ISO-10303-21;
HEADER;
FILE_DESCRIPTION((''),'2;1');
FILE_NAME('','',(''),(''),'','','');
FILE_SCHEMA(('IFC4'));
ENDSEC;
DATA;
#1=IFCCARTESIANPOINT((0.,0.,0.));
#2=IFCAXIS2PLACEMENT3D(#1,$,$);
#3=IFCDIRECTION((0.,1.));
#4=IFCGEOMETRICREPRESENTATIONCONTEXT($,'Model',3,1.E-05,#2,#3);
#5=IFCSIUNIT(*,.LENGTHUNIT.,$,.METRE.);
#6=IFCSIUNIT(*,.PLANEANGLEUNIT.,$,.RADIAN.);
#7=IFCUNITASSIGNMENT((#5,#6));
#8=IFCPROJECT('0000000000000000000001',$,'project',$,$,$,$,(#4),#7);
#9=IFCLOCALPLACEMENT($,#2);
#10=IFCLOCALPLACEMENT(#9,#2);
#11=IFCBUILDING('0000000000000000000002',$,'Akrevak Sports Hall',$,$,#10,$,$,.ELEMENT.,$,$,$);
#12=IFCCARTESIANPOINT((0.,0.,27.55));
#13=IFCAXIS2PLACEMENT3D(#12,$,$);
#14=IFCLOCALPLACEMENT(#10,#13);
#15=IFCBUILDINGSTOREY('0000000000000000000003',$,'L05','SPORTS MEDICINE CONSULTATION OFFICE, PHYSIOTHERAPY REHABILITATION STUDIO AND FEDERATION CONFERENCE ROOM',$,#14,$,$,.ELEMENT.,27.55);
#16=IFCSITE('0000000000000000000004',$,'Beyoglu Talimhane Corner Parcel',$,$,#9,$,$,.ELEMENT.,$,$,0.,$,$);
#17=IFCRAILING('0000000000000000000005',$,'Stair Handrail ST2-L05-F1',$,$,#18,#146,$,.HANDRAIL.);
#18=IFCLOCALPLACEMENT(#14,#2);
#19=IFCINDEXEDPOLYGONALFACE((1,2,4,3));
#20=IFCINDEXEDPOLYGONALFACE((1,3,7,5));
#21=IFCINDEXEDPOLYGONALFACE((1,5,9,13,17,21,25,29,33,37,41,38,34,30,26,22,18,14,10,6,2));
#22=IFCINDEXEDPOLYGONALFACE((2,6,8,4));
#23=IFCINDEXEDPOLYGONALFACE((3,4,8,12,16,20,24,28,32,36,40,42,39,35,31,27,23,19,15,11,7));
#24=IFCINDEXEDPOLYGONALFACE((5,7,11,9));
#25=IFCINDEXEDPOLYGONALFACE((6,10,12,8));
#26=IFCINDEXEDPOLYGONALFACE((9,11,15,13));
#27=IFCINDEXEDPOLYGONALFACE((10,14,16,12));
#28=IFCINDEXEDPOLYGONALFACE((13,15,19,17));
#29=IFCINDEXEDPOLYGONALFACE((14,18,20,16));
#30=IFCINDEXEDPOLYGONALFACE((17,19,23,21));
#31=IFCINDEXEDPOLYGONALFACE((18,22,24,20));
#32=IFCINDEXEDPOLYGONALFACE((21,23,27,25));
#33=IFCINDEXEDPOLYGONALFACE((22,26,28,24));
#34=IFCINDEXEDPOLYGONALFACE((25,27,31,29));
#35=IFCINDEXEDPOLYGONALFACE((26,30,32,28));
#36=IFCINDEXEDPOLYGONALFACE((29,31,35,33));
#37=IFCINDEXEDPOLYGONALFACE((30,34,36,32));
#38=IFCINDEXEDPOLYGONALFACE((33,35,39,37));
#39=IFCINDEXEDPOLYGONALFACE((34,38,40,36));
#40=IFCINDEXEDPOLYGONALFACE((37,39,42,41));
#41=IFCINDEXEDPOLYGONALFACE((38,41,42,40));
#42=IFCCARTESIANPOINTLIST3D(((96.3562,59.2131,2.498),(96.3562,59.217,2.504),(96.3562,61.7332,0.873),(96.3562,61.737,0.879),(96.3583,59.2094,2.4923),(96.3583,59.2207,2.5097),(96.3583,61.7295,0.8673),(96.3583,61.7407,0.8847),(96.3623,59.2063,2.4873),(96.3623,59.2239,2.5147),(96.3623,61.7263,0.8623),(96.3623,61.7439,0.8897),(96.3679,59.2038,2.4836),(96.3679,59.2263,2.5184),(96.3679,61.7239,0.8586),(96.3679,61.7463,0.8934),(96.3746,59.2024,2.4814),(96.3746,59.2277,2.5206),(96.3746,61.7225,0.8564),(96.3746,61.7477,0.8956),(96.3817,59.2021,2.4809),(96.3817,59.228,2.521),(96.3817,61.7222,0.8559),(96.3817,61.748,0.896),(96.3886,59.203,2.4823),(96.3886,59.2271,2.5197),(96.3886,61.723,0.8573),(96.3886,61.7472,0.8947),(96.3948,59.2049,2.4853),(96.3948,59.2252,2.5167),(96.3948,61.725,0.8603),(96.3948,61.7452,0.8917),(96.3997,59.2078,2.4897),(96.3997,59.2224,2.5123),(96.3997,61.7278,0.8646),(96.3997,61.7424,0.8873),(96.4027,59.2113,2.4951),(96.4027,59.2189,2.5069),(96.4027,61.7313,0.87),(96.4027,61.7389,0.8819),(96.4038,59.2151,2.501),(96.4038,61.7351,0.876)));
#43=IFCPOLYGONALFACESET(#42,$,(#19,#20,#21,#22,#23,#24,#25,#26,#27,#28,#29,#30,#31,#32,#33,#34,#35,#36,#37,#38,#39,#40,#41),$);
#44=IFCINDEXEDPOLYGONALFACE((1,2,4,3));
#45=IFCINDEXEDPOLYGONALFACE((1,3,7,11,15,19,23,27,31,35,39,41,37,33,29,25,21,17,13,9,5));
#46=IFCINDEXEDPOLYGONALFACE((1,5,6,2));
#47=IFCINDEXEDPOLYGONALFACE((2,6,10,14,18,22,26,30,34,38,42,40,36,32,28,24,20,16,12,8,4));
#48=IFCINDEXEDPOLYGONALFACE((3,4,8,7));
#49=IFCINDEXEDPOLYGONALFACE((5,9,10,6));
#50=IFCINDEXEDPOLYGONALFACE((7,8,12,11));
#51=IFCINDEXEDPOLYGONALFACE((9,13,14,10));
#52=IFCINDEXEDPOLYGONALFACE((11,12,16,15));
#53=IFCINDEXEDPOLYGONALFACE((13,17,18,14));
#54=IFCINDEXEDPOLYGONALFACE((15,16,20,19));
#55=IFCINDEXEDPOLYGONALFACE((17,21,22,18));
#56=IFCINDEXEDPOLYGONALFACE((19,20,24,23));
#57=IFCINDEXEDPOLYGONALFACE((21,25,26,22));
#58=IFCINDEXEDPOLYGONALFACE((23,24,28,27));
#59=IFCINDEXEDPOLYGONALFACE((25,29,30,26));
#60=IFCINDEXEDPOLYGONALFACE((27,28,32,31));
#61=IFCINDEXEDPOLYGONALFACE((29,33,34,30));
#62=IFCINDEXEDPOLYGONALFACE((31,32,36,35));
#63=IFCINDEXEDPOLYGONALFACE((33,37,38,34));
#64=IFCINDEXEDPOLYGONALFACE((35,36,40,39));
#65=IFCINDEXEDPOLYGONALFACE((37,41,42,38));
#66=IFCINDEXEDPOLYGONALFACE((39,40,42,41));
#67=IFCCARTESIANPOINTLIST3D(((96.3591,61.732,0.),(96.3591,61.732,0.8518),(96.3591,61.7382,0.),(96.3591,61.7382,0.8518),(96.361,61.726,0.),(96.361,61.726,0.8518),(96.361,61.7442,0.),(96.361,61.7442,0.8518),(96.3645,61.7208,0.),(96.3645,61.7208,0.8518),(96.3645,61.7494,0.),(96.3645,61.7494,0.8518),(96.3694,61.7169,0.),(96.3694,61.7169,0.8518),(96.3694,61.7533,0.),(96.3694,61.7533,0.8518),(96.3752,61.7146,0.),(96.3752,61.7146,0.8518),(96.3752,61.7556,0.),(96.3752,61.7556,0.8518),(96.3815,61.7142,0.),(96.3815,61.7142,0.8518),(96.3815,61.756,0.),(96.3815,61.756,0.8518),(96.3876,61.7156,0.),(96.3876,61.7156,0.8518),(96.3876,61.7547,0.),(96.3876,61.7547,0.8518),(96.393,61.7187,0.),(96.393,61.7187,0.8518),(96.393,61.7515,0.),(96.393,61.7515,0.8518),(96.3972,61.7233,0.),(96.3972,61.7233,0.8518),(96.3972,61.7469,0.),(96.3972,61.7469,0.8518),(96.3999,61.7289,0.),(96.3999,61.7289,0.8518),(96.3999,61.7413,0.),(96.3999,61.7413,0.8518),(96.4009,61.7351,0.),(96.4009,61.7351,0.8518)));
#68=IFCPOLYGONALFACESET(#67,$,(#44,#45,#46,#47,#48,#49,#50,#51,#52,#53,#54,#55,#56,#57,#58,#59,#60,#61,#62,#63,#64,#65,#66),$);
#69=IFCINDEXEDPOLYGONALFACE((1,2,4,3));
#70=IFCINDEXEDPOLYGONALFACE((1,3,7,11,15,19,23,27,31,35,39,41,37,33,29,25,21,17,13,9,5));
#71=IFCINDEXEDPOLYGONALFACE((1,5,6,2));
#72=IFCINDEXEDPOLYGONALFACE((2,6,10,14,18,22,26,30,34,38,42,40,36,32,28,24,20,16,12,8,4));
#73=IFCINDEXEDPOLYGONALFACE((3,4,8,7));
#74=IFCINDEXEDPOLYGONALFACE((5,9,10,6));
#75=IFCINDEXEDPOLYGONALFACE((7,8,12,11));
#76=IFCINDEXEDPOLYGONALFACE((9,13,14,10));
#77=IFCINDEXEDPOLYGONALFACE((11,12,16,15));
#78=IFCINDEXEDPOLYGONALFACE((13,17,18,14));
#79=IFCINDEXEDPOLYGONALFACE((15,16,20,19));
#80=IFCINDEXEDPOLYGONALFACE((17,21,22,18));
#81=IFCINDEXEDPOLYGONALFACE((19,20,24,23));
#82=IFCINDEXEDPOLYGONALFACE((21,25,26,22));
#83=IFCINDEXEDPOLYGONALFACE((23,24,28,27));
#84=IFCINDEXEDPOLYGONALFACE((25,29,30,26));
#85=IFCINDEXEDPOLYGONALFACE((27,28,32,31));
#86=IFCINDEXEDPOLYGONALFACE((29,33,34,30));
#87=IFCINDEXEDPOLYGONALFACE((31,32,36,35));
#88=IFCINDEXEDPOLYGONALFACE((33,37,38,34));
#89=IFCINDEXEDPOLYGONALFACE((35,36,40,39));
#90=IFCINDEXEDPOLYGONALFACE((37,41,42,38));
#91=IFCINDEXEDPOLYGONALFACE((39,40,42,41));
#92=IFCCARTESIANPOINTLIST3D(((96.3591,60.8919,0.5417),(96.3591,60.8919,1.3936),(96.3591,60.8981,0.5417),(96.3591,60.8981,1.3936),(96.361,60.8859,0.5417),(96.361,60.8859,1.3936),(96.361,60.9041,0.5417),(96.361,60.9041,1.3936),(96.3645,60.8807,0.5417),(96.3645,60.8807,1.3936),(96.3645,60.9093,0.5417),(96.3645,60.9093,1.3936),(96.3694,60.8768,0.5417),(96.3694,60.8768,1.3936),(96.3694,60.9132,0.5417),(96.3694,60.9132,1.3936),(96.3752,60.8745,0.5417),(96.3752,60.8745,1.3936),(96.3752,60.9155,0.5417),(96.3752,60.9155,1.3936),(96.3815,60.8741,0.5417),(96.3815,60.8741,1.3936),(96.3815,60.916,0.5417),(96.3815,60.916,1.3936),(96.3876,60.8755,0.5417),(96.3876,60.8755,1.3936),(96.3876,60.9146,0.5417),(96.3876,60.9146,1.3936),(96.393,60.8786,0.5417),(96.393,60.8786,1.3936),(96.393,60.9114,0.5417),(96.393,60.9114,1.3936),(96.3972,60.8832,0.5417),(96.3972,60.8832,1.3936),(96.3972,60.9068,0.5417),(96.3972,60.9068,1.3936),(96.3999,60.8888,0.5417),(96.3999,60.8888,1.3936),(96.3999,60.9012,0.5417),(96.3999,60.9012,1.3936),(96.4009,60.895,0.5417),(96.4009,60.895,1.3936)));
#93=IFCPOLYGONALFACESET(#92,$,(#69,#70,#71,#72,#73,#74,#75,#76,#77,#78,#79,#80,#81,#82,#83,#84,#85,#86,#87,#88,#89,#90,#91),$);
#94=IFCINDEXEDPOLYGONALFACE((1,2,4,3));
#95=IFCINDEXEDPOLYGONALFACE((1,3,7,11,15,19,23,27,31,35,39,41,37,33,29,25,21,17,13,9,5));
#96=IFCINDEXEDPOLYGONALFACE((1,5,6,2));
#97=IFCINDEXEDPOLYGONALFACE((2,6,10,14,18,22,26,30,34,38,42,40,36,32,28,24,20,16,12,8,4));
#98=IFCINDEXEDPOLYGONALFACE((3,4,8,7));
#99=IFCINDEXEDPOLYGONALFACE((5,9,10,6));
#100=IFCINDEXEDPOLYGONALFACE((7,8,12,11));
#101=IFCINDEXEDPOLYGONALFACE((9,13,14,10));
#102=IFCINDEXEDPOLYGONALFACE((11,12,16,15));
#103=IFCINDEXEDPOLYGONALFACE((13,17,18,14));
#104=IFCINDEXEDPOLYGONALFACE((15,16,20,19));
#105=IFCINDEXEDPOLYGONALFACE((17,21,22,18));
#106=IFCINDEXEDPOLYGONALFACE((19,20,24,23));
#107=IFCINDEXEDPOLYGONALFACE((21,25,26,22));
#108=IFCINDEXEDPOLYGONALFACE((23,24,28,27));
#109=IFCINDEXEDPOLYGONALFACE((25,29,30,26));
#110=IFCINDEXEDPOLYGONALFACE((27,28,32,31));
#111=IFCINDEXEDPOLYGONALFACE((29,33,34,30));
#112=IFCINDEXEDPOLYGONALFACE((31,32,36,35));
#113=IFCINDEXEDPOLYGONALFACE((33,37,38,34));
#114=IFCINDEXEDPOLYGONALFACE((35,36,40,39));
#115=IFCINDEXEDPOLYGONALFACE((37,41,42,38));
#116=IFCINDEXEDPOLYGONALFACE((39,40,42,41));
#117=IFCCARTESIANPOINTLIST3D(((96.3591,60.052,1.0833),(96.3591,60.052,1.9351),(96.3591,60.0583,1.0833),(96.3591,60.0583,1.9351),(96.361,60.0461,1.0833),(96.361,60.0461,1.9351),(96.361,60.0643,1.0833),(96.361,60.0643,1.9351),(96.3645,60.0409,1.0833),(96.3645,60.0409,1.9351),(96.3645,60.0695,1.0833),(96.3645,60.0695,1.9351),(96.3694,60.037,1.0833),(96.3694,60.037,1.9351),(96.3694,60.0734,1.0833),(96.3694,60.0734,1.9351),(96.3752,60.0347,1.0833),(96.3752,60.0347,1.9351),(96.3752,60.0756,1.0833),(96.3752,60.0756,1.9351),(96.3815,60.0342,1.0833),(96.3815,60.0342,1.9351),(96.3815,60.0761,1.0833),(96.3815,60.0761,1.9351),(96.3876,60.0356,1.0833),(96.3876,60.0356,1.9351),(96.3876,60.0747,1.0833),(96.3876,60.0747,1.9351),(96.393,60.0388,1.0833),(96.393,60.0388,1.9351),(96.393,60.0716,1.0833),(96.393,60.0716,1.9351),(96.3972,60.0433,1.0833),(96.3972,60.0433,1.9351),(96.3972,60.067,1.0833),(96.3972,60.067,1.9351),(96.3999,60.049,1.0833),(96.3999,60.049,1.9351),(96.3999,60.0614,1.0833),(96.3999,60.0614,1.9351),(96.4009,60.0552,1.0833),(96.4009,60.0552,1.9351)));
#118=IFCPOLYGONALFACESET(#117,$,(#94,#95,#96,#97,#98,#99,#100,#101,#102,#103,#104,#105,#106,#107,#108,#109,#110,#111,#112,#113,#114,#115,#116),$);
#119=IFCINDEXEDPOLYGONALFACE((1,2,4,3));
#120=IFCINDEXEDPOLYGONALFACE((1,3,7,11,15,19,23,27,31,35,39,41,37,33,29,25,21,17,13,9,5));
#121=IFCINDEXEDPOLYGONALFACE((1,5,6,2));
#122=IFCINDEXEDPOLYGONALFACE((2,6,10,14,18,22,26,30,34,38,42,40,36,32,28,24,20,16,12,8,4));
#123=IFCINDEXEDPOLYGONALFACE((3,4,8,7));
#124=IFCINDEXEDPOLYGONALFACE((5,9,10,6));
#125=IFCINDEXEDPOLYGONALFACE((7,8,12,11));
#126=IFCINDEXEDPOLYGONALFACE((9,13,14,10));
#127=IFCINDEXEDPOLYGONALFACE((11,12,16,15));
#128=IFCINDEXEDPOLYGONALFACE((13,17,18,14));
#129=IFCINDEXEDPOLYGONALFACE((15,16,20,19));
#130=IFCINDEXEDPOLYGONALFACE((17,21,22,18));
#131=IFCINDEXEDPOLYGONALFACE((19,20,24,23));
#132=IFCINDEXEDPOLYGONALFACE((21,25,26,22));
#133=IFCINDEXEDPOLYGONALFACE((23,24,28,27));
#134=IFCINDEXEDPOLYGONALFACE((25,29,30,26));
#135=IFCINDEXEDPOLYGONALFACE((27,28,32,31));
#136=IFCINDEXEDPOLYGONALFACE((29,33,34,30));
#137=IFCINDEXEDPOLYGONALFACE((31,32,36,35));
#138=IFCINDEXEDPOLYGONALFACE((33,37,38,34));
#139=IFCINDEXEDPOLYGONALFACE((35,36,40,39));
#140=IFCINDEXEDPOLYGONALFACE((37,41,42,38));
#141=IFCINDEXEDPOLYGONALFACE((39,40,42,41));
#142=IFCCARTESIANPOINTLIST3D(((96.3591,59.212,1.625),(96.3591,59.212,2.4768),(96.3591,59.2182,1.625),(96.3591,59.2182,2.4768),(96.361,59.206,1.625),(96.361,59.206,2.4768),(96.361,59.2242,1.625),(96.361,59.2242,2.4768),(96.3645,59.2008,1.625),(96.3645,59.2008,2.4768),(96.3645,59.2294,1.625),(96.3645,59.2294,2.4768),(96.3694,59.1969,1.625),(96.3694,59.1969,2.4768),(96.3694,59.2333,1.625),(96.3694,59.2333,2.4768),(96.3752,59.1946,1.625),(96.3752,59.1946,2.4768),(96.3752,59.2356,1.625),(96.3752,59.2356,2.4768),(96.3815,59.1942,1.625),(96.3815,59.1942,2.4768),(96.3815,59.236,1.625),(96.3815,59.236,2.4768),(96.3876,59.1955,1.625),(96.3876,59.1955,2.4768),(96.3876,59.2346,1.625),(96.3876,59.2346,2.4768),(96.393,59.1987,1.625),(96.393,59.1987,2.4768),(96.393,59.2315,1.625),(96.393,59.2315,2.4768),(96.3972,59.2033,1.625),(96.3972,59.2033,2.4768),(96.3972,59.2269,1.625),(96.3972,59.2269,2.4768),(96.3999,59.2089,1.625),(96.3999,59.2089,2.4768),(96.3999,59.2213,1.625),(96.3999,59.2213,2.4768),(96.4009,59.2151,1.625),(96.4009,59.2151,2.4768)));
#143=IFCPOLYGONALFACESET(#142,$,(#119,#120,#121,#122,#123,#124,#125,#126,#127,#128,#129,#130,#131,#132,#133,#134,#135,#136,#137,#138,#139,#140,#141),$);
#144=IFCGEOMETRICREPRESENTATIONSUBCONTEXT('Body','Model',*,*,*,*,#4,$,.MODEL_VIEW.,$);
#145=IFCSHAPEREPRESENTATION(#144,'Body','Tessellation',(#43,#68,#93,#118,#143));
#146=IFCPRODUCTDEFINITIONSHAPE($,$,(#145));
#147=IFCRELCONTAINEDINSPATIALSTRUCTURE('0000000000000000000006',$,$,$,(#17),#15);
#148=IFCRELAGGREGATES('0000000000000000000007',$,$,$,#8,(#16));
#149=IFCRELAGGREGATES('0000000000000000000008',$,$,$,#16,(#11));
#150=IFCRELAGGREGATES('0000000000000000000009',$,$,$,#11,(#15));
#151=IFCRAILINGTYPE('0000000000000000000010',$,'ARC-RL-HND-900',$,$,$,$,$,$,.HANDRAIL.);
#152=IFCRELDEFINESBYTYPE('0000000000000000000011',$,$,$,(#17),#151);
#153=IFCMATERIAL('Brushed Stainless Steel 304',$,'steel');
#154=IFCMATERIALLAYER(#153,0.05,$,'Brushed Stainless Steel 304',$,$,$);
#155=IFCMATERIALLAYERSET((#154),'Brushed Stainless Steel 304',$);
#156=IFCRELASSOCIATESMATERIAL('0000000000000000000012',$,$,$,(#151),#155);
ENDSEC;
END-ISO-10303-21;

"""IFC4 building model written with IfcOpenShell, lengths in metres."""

from ifc_helpers import new_model, si_unit, direction, frame, origin, origin_2d, place, context, subcontext, project, spatial, circle, extrude, material, layer, layer_set, type_object, element, save


model = new_model("IFC4")

# Units and contexts
model_context = context("Model", 3, precision=1e-05, world=origin(), true_north=direction((0.0, 1.0)))
body_context = subcontext(model_context, "Body", "Model", "MODEL_VIEW")
ifc_project = project(units=[si_unit("LENGTHUNIT", "METRE"), si_unit("PLANEANGLEUNIT", "RADIAN")], contexts=[model_context])

# Site, building, storey
site_placement = place(None, origin())
site = spatial("IfcSite", under=ifc_project, at=site_placement, Name="Beyoglu Talimhane Corner Parcel", CompositionType="ELEMENT", RefElevation=0.0)
building_placement = place(site_placement, origin())
building = spatial("IfcBuilding", under=site, at=building_placement, Name="Akrevak Sports Hall", CompositionType="ELEMENT")
storey_placement = place(building_placement, frame((0.0, 0.0, 27.55)))
storey = spatial("IfcBuildingStorey", under=building, at=storey_placement, Name="L05", Description="SPORTS MEDICINE CONSULTATION OFFICE, PHYSIOTHERAPY REHABILITATION STUDIO AND FEDERATION CONFERENCE ROOM", CompositionType="ELEMENT", Elevation=27.55)

# Railing
ifc_material_1 = material(Name="Brushed Stainless Steel 304", Category="steel")
ifc_layer_1 = layer(ifc_material_1, 0.05, Name="Brushed Stainless Steel 304")
ifc_layer_set_1 = layer_set([ifc_layer_1], Name="Brushed Stainless Steel 304")
railing_type_1 = type_object("IfcRailingType", Name="ARC-RL-HND-900", PredefinedType="HANDRAIL", material=ifc_layer_set_1)
railing_1_placement = place(storey_placement, frame((96.3799, 61.7351, 0.0)))
element("IfcRailing", 1, at=railing_1_placement, inside=storey, type_object=railing_type_1, Name="Stair Handrail ST2-L05-F1", PredefinedType="HANDRAIL", context=body_context, shape_type="SweptSolid", body=[
    extrude(circle(Radius=0.0239, at=origin_2d()), frame((0.0, 0.0, 0.876), z_axis=(0.0, -0.840421, 0.541934), x_axis=(1.0, 0.0, 0.0)), (0.0, 0.0, 1.0), 2.9985),
    extrude(circle(Radius=0.021, at=origin_2d()), origin(), (0.0, 0.0, 1.0), 0.8518),
    extrude(circle(Radius=0.021, at=origin_2d()), frame((0.0, -0.8401, 0.5417)), (0.0, 0.0, 1.0), 0.8518),
    extrude(circle(Radius=0.021, at=origin_2d()), frame((0.0, -1.6799, 1.0833)), (0.0, 0.0, 1.0), 0.8518),
    extrude(circle(Radius=0.021, at=origin_2d()), frame((0.0, -2.52, 1.625)), (0.0, 0.0, 1.0), 0.8518),
])

save(model, "model.ifc")
